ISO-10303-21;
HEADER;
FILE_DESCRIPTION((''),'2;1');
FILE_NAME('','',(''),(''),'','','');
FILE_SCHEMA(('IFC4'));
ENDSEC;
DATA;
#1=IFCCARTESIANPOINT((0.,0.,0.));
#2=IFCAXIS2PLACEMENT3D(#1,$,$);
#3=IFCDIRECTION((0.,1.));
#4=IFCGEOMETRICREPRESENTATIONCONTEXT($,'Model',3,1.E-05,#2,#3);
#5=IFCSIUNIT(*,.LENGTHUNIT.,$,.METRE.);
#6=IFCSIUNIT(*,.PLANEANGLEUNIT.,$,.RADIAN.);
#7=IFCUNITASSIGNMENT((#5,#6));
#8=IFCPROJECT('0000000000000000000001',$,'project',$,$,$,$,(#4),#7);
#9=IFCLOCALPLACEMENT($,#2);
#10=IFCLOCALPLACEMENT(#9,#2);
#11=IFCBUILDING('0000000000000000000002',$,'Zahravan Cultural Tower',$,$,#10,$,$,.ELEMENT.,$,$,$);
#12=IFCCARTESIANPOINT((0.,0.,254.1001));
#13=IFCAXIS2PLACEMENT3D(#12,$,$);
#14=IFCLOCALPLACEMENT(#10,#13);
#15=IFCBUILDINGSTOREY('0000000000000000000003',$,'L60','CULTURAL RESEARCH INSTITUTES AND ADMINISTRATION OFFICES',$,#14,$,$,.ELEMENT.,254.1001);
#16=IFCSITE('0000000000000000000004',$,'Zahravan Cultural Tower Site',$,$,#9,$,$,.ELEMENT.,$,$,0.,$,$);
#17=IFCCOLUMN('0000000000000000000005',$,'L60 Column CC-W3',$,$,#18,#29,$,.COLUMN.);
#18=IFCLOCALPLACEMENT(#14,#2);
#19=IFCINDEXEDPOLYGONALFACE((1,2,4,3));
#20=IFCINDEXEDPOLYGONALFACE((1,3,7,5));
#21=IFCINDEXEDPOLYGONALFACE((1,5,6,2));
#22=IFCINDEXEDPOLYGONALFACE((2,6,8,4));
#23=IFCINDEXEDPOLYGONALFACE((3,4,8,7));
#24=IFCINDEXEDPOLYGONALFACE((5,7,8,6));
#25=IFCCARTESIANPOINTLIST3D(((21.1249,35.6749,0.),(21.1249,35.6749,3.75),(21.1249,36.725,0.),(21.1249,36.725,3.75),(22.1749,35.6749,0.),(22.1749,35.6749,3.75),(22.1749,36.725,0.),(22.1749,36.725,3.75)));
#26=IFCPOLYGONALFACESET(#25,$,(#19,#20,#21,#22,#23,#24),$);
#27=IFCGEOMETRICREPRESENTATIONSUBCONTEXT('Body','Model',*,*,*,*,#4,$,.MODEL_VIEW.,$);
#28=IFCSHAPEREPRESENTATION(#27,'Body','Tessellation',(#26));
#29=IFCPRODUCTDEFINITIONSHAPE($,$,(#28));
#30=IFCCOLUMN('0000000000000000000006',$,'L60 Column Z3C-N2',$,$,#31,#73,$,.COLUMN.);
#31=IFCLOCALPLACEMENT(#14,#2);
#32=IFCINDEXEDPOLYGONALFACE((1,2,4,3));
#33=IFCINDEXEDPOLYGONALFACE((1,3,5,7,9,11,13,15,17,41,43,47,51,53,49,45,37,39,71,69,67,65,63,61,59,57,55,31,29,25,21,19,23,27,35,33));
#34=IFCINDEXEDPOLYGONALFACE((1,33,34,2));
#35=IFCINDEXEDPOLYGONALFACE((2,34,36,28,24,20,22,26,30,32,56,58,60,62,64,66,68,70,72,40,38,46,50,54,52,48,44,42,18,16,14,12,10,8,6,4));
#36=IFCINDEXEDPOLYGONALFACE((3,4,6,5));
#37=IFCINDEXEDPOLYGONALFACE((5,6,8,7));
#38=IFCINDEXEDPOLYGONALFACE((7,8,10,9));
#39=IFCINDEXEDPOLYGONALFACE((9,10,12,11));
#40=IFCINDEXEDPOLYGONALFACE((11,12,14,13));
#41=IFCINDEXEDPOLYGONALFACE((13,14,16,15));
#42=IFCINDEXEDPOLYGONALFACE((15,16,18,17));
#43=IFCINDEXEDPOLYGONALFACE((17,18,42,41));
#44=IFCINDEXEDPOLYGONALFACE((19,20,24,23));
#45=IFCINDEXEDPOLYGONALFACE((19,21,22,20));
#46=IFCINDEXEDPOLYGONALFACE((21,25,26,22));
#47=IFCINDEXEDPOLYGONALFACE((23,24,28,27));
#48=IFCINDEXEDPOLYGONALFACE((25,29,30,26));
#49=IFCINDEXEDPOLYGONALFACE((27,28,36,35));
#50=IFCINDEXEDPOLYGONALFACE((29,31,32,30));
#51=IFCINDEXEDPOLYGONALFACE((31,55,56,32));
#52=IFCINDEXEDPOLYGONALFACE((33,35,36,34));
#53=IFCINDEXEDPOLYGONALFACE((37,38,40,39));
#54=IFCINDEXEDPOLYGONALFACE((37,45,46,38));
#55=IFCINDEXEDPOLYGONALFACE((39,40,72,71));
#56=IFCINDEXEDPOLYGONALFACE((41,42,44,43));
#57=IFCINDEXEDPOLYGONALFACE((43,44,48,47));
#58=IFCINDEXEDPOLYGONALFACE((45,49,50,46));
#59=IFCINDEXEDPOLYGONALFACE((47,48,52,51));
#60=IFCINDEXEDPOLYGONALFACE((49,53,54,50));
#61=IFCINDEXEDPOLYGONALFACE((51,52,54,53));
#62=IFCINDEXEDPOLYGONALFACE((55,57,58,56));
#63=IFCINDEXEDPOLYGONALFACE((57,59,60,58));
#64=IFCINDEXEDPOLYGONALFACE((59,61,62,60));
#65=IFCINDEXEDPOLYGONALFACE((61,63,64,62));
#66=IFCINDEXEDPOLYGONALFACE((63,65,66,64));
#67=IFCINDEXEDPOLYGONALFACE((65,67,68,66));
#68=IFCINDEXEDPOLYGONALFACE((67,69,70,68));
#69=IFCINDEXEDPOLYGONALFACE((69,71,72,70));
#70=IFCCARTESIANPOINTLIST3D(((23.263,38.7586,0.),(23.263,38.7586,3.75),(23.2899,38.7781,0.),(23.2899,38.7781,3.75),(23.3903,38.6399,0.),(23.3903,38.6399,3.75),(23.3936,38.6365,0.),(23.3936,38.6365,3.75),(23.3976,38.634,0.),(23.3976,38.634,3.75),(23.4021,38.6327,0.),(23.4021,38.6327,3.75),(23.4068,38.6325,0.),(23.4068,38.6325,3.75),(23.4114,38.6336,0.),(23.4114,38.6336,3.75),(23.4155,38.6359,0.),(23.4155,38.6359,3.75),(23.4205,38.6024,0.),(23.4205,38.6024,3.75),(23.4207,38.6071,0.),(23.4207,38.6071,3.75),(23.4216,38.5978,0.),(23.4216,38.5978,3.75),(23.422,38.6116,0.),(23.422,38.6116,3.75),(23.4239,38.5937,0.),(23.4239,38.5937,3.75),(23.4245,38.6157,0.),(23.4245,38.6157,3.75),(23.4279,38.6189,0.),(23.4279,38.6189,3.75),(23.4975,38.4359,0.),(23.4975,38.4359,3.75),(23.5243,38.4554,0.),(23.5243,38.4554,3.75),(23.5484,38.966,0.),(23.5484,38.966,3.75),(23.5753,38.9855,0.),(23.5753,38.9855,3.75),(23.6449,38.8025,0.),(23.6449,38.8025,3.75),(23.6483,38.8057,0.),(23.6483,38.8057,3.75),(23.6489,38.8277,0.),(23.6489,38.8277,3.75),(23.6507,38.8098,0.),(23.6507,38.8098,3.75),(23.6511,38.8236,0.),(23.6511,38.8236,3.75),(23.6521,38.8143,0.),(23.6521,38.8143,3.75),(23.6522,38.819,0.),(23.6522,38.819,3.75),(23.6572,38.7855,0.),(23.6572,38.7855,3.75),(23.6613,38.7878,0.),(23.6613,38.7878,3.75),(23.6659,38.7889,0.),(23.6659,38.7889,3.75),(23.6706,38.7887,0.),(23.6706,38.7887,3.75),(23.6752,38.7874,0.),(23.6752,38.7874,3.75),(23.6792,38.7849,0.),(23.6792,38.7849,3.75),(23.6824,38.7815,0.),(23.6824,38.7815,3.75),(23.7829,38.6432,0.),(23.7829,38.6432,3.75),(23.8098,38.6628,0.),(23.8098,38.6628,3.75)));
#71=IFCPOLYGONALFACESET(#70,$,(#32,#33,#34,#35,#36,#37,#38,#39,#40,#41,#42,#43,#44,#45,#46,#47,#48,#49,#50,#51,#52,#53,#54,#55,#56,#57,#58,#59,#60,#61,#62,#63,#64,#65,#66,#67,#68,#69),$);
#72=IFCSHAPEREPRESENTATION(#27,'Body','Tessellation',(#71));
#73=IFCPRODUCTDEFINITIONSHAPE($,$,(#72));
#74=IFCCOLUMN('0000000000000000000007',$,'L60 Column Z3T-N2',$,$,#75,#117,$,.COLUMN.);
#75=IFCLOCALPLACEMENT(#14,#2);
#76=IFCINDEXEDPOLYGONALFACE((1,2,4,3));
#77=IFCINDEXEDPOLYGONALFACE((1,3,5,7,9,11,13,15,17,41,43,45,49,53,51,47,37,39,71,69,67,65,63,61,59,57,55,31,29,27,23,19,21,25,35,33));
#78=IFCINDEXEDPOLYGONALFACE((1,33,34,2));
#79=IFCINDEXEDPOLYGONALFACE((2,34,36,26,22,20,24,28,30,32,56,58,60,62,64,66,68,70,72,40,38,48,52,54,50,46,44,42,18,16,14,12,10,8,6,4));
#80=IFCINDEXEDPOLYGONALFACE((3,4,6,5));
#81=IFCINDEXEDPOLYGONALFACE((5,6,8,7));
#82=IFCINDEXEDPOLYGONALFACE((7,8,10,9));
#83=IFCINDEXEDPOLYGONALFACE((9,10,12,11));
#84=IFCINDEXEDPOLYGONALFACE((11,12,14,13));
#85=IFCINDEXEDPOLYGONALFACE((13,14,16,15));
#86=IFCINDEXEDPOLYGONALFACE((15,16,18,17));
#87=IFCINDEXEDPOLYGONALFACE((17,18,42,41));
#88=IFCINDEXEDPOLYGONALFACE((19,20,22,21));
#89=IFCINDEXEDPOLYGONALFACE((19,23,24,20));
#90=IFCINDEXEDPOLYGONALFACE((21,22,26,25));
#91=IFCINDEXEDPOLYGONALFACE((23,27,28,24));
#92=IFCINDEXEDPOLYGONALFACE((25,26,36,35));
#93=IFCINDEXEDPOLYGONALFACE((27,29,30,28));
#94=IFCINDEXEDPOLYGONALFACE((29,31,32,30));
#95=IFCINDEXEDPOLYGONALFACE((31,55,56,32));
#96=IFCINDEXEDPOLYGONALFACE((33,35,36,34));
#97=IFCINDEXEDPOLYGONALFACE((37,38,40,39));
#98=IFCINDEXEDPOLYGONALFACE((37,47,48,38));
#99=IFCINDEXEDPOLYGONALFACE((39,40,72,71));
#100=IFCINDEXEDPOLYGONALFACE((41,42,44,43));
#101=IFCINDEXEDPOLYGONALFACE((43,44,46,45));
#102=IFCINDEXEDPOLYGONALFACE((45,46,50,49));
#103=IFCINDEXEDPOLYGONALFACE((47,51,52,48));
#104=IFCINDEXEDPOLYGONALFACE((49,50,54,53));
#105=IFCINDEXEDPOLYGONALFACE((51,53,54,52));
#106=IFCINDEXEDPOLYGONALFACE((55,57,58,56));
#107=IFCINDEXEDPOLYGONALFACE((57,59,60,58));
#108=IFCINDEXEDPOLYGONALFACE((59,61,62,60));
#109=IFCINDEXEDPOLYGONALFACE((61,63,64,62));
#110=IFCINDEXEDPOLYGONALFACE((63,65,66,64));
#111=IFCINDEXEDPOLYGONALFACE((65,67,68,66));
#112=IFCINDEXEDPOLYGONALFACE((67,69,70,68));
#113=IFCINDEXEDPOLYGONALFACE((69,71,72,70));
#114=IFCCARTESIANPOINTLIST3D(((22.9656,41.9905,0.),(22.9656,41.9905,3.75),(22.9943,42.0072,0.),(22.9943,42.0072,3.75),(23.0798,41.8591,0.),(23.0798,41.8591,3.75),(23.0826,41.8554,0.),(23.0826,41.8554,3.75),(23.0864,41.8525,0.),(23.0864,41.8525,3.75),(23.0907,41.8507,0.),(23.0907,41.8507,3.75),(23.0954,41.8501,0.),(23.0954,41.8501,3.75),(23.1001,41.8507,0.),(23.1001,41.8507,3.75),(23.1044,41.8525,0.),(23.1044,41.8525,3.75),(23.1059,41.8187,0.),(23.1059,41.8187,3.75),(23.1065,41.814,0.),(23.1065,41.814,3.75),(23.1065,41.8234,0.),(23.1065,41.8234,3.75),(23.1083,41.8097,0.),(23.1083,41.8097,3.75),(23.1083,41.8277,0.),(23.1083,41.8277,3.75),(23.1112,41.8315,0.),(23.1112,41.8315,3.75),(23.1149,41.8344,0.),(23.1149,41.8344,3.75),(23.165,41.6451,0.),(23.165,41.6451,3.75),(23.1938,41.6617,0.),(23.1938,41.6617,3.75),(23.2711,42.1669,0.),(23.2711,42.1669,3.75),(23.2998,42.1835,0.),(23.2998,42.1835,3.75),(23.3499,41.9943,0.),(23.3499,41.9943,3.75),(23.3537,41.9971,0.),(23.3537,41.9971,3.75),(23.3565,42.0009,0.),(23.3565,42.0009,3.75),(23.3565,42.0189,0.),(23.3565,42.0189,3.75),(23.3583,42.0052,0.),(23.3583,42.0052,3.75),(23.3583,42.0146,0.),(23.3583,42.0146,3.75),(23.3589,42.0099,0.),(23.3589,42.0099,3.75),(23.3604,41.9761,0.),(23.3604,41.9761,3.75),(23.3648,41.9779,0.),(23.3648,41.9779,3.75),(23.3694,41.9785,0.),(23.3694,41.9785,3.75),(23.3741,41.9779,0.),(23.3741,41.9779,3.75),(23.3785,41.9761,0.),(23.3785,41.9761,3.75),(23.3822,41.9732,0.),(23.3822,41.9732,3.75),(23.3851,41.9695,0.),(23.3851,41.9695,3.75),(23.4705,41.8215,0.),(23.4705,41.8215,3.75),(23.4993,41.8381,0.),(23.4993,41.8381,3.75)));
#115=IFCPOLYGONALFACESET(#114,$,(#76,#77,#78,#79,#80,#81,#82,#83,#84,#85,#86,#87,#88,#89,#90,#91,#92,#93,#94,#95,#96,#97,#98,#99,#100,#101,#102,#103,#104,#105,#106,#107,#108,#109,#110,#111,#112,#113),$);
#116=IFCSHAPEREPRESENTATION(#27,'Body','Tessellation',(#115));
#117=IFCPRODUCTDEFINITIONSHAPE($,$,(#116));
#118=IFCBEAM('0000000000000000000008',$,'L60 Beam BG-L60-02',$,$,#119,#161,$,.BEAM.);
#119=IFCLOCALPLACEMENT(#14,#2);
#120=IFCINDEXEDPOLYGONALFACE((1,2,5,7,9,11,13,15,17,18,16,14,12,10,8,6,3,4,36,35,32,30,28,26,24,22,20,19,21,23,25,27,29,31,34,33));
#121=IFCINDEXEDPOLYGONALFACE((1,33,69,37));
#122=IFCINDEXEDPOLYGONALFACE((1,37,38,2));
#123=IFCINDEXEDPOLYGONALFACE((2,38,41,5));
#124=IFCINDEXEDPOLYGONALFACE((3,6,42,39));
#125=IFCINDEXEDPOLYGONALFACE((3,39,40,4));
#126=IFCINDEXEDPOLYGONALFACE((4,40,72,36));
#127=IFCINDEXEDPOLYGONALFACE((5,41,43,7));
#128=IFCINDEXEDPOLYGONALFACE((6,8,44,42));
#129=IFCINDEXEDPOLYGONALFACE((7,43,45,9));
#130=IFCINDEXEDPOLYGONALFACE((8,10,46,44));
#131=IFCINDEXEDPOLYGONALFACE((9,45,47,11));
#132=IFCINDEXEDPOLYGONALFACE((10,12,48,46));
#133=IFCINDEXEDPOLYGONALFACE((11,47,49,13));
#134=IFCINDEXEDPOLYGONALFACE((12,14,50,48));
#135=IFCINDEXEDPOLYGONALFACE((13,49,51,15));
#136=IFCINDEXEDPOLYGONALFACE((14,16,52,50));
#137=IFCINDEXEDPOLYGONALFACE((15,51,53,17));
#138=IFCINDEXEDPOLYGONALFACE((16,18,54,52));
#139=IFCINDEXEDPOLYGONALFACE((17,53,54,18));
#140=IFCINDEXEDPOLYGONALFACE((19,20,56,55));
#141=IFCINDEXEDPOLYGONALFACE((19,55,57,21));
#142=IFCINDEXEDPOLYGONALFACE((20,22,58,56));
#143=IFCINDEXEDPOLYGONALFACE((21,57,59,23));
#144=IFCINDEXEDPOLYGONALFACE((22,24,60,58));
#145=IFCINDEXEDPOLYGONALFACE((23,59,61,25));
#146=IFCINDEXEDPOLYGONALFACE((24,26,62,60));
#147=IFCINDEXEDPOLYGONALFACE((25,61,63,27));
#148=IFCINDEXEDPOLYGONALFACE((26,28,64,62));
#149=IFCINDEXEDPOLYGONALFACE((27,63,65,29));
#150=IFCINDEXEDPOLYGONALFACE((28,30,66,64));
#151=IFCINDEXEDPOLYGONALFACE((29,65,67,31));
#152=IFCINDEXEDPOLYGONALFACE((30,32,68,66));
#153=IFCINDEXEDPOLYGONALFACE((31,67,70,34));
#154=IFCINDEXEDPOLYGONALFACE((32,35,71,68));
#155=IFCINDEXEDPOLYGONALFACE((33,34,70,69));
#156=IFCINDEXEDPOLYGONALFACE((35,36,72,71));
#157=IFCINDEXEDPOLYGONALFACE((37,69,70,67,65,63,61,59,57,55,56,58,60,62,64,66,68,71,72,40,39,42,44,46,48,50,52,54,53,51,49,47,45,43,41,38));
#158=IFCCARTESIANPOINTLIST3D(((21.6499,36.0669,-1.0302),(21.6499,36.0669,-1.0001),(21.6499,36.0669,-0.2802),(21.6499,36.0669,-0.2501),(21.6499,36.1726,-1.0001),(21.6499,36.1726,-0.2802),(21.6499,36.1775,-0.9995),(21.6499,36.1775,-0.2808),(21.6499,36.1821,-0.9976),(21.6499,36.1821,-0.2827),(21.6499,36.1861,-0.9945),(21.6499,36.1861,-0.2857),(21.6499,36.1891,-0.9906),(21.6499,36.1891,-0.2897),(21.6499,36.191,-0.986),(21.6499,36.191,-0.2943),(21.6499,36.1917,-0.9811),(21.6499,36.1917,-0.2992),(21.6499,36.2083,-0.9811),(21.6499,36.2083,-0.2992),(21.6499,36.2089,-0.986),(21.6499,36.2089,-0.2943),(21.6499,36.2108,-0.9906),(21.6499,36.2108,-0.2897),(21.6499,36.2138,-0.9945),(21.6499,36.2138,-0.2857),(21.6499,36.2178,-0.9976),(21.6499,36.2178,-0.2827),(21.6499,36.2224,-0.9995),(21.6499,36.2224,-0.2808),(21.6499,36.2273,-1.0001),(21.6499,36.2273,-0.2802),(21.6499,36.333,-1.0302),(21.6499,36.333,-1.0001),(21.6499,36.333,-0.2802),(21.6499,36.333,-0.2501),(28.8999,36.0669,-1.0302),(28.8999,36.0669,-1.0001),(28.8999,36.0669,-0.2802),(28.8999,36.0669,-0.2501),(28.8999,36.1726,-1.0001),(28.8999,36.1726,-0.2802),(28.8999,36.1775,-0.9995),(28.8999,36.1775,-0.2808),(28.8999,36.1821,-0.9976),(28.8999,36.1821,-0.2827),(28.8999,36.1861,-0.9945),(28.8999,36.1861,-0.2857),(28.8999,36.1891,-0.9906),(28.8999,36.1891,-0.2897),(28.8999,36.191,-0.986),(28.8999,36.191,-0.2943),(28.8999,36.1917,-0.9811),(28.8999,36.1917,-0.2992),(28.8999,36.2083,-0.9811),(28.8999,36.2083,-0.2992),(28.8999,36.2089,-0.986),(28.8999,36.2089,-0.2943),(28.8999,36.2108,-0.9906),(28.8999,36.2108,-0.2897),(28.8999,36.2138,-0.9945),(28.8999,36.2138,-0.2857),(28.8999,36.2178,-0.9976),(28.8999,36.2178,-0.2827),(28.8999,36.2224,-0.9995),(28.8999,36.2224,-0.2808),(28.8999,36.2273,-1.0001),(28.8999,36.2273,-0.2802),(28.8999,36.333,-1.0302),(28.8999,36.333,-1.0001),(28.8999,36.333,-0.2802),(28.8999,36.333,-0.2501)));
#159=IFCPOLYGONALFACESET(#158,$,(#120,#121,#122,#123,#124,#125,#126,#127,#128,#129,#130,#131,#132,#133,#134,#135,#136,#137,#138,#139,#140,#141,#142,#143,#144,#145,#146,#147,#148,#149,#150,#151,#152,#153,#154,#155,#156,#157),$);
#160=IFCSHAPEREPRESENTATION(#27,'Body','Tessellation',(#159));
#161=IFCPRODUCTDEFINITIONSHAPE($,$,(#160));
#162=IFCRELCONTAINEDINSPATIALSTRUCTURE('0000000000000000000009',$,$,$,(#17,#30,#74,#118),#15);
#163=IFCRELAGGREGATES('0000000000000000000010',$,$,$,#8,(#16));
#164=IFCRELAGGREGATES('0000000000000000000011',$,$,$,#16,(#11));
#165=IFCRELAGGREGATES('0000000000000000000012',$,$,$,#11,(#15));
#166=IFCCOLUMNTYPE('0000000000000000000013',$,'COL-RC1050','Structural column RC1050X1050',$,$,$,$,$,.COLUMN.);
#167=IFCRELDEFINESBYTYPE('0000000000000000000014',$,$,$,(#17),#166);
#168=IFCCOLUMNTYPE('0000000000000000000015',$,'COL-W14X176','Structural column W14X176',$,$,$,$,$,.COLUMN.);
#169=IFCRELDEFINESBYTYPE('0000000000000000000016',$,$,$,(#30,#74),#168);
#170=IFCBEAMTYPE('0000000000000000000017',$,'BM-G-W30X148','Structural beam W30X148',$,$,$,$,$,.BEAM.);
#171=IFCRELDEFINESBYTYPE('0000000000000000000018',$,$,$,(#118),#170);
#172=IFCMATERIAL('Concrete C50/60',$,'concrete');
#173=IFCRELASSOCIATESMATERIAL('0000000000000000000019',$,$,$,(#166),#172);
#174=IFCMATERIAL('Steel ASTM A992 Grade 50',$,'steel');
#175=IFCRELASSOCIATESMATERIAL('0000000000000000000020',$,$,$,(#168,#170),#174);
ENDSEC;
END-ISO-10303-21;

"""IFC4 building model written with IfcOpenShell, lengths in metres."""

from ifc_helpers import new_model, si_unit, direction, frame, origin, origin_2d, place, context, subcontext, project, spatial, rectangle, i_section, extrude, source, transform, mapped, material, material_profile, profile_set, type_object, element, save


model = new_model("IFC4")

# Units and contexts
model_context = context("Model", 3, precision=1e-05, world=origin(), true_north=direction((0.0, 1.0)))
body_context = subcontext(model_context, "Body", "Model", "MODEL_VIEW")
ifc_project = project(units=[si_unit("LENGTHUNIT", "METRE"), si_unit("PLANEANGLEUNIT", "RADIAN")], contexts=[model_context])

# Site, building, storey
site_placement = place(None, origin())
site = spatial("IfcSite", under=ifc_project, at=site_placement, Name="Zahravan Cultural Tower Site", CompositionType="ELEMENT", RefElevation=0.0)
building_placement = place(site_placement, origin())
building = spatial("IfcBuilding", under=site, at=building_placement, Name="Zahravan Cultural Tower", CompositionType="ELEMENT")
storey_placement = place(building_placement, frame((0.0, 0.0, 254.1001)))
storey = spatial("IfcBuildingStorey", under=building, at=storey_placement, Name="L60", Description="CULTURAL RESEARCH INSTITUTES AND ADMINISTRATION OFFICES", CompositionType="ELEMENT", Elevation=254.1001)

# Columns
ifc_material_1 = material(Name="Concrete C50/60", Category="concrete")
ifc_material_profile_1 = material_profile(ifc_material_1, rectangle(XDim=1.05, YDim=1.05, at=origin_2d()), Name="RC1050X1050")
ifc_profile_set_1 = profile_set([ifc_material_profile_1], Name="Concrete C50/60")
column_type_1 = type_object("IfcColumnType", Name="COL-RC1050", Description="Structural column RC1050X1050", PredefinedType="COLUMN", material=ifc_profile_set_1)
shared_shape_1 = source(origin(), body_context, "Body", "SweptSolid", [
    extrude(rectangle(XDim=1.05, YDim=1.05, at=origin_2d()), origin(), (0.0, 0.0, 1.0), 3.75),
])
column_placement = place(storey_placement, frame((21.6499, 36.2, 0.0), z_axis=(0.0, 0.0, 1.0), x_axis=(1.0, 0.0, 0.0)))
element("IfcColumn", 1, at=column_placement, inside=storey, type_object=column_type_1, Name="L60 Column CC-W3", PredefinedType="COLUMN", context=body_context, shape_type="MappedRepresentation", body=[
    mapped(shared_shape_1, transform((0.0, 0.0, 0.0), x_axis=(1.0, 0.0, 0.0), y_axis=(0.0, 1.0, 0.0), z_axis=(0.0, 0.0, 1.0), scale=1.0)),
])
ifc_material_2 = material(Name="Steel ASTM A992 Grade 50", Category="steel")
ifc_material_profile_2 = material_profile(ifc_material_2, i_section(OverallWidth=0.3989, OverallDepth=0.386, WebThickness=0.021, FlangeThickness=0.0332, FilletRadius=0.0181, at=origin_2d()), Name="W14X176")
ifc_profile_set_2 = profile_set([ifc_material_profile_2], Name="Steel ASTM A992 Grade 50")
column_type_2 = type_object("IfcColumnType", Name="COL-W14X176", Description="Structural column W14X176", PredefinedType="COLUMN", material=ifc_profile_set_2)
shared_shape_2 = source(origin(), body_context, "Body", "SweptSolid", [
    extrude(i_section(OverallWidth=0.3989, OverallDepth=0.386, WebThickness=0.021, FlangeThickness=0.0332, FilletRadius=0.0181, at=origin_2d()), origin(), (0.0, 0.0, 1.0), 3.75),
])
for number, where, z_axis, x_axis, name in (
    (2, (23.5364, 38.7107, 0.0), (0.0, 0.0, 1.0), (-0.587785, 0.809017, 0.0), "L60 Column Z3C-N2"),
    (3, (23.2324, 41.9143, 0.0), (0.0, 0.0, 1.0), (-0.5, 0.866025, 0.0), "L60 Column Z3T-N2"),
):
    element("IfcColumn", number, at=place(storey_placement, frame(where, z_axis=z_axis, x_axis=x_axis)), inside=storey, type_object=column_type_2, Name=name, PredefinedType="COLUMN", context=body_context, shape_type="MappedRepresentation", body=[
        mapped(shared_shape_2, transform((0.0, 0.0, 0.0), x_axis=(1.0, 0.0, 0.0), y_axis=(0.0, 1.0, 0.0), z_axis=(0.0, 0.0, 1.0), scale=1.0)),
    ])

# Beam
ifc_material_profile_3 = material_profile(ifc_material_2, i_section(OverallWidth=0.2661, OverallDepth=0.78, WebThickness=0.0166, FlangeThickness=0.03, FilletRadius=0.019, at=origin_2d()), Name="W30X148")
ifc_profile_set_3 = profile_set([ifc_material_profile_3], Name="Steel ASTM A992 Grade 50")
beam_type_1 = type_object("IfcBeamType", Name="BM-G-W30X148", Description="Structural beam W30X148", PredefinedType="BEAM", material=ifc_profile_set_3)
shared_shape_3 = source(origin(), body_context, "Body", "SweptSolid", [
    extrude(i_section(OverallWidth=0.2661, OverallDepth=0.78, WebThickness=0.0166, FlangeThickness=0.03, FilletRadius=0.019, at=origin_2d()), origin(), (0.0, 0.0, 1.0), 7.25),
])
beam_1_placement = place(storey_placement, frame((21.6499, 36.2, -0.6401), z_axis=(1.0, 0.0, 0.0), x_axis=(0.0, 1.0, 0.0)))
element("IfcBeam", 4, at=beam_1_placement, inside=storey, type_object=beam_type_1, Name="L60 Beam BG-L60-02", PredefinedType="BEAM", context=body_context, shape_type="MappedRepresentation", body=[
    mapped(shared_shape_3, transform((0.0, 0.0, 0.0), x_axis=(1.0, 0.0, 0.0), y_axis=(0.0, 1.0, 0.0), z_axis=(0.0, 0.0, 1.0), scale=1.0)),
])

save(model, "model.ifc")
